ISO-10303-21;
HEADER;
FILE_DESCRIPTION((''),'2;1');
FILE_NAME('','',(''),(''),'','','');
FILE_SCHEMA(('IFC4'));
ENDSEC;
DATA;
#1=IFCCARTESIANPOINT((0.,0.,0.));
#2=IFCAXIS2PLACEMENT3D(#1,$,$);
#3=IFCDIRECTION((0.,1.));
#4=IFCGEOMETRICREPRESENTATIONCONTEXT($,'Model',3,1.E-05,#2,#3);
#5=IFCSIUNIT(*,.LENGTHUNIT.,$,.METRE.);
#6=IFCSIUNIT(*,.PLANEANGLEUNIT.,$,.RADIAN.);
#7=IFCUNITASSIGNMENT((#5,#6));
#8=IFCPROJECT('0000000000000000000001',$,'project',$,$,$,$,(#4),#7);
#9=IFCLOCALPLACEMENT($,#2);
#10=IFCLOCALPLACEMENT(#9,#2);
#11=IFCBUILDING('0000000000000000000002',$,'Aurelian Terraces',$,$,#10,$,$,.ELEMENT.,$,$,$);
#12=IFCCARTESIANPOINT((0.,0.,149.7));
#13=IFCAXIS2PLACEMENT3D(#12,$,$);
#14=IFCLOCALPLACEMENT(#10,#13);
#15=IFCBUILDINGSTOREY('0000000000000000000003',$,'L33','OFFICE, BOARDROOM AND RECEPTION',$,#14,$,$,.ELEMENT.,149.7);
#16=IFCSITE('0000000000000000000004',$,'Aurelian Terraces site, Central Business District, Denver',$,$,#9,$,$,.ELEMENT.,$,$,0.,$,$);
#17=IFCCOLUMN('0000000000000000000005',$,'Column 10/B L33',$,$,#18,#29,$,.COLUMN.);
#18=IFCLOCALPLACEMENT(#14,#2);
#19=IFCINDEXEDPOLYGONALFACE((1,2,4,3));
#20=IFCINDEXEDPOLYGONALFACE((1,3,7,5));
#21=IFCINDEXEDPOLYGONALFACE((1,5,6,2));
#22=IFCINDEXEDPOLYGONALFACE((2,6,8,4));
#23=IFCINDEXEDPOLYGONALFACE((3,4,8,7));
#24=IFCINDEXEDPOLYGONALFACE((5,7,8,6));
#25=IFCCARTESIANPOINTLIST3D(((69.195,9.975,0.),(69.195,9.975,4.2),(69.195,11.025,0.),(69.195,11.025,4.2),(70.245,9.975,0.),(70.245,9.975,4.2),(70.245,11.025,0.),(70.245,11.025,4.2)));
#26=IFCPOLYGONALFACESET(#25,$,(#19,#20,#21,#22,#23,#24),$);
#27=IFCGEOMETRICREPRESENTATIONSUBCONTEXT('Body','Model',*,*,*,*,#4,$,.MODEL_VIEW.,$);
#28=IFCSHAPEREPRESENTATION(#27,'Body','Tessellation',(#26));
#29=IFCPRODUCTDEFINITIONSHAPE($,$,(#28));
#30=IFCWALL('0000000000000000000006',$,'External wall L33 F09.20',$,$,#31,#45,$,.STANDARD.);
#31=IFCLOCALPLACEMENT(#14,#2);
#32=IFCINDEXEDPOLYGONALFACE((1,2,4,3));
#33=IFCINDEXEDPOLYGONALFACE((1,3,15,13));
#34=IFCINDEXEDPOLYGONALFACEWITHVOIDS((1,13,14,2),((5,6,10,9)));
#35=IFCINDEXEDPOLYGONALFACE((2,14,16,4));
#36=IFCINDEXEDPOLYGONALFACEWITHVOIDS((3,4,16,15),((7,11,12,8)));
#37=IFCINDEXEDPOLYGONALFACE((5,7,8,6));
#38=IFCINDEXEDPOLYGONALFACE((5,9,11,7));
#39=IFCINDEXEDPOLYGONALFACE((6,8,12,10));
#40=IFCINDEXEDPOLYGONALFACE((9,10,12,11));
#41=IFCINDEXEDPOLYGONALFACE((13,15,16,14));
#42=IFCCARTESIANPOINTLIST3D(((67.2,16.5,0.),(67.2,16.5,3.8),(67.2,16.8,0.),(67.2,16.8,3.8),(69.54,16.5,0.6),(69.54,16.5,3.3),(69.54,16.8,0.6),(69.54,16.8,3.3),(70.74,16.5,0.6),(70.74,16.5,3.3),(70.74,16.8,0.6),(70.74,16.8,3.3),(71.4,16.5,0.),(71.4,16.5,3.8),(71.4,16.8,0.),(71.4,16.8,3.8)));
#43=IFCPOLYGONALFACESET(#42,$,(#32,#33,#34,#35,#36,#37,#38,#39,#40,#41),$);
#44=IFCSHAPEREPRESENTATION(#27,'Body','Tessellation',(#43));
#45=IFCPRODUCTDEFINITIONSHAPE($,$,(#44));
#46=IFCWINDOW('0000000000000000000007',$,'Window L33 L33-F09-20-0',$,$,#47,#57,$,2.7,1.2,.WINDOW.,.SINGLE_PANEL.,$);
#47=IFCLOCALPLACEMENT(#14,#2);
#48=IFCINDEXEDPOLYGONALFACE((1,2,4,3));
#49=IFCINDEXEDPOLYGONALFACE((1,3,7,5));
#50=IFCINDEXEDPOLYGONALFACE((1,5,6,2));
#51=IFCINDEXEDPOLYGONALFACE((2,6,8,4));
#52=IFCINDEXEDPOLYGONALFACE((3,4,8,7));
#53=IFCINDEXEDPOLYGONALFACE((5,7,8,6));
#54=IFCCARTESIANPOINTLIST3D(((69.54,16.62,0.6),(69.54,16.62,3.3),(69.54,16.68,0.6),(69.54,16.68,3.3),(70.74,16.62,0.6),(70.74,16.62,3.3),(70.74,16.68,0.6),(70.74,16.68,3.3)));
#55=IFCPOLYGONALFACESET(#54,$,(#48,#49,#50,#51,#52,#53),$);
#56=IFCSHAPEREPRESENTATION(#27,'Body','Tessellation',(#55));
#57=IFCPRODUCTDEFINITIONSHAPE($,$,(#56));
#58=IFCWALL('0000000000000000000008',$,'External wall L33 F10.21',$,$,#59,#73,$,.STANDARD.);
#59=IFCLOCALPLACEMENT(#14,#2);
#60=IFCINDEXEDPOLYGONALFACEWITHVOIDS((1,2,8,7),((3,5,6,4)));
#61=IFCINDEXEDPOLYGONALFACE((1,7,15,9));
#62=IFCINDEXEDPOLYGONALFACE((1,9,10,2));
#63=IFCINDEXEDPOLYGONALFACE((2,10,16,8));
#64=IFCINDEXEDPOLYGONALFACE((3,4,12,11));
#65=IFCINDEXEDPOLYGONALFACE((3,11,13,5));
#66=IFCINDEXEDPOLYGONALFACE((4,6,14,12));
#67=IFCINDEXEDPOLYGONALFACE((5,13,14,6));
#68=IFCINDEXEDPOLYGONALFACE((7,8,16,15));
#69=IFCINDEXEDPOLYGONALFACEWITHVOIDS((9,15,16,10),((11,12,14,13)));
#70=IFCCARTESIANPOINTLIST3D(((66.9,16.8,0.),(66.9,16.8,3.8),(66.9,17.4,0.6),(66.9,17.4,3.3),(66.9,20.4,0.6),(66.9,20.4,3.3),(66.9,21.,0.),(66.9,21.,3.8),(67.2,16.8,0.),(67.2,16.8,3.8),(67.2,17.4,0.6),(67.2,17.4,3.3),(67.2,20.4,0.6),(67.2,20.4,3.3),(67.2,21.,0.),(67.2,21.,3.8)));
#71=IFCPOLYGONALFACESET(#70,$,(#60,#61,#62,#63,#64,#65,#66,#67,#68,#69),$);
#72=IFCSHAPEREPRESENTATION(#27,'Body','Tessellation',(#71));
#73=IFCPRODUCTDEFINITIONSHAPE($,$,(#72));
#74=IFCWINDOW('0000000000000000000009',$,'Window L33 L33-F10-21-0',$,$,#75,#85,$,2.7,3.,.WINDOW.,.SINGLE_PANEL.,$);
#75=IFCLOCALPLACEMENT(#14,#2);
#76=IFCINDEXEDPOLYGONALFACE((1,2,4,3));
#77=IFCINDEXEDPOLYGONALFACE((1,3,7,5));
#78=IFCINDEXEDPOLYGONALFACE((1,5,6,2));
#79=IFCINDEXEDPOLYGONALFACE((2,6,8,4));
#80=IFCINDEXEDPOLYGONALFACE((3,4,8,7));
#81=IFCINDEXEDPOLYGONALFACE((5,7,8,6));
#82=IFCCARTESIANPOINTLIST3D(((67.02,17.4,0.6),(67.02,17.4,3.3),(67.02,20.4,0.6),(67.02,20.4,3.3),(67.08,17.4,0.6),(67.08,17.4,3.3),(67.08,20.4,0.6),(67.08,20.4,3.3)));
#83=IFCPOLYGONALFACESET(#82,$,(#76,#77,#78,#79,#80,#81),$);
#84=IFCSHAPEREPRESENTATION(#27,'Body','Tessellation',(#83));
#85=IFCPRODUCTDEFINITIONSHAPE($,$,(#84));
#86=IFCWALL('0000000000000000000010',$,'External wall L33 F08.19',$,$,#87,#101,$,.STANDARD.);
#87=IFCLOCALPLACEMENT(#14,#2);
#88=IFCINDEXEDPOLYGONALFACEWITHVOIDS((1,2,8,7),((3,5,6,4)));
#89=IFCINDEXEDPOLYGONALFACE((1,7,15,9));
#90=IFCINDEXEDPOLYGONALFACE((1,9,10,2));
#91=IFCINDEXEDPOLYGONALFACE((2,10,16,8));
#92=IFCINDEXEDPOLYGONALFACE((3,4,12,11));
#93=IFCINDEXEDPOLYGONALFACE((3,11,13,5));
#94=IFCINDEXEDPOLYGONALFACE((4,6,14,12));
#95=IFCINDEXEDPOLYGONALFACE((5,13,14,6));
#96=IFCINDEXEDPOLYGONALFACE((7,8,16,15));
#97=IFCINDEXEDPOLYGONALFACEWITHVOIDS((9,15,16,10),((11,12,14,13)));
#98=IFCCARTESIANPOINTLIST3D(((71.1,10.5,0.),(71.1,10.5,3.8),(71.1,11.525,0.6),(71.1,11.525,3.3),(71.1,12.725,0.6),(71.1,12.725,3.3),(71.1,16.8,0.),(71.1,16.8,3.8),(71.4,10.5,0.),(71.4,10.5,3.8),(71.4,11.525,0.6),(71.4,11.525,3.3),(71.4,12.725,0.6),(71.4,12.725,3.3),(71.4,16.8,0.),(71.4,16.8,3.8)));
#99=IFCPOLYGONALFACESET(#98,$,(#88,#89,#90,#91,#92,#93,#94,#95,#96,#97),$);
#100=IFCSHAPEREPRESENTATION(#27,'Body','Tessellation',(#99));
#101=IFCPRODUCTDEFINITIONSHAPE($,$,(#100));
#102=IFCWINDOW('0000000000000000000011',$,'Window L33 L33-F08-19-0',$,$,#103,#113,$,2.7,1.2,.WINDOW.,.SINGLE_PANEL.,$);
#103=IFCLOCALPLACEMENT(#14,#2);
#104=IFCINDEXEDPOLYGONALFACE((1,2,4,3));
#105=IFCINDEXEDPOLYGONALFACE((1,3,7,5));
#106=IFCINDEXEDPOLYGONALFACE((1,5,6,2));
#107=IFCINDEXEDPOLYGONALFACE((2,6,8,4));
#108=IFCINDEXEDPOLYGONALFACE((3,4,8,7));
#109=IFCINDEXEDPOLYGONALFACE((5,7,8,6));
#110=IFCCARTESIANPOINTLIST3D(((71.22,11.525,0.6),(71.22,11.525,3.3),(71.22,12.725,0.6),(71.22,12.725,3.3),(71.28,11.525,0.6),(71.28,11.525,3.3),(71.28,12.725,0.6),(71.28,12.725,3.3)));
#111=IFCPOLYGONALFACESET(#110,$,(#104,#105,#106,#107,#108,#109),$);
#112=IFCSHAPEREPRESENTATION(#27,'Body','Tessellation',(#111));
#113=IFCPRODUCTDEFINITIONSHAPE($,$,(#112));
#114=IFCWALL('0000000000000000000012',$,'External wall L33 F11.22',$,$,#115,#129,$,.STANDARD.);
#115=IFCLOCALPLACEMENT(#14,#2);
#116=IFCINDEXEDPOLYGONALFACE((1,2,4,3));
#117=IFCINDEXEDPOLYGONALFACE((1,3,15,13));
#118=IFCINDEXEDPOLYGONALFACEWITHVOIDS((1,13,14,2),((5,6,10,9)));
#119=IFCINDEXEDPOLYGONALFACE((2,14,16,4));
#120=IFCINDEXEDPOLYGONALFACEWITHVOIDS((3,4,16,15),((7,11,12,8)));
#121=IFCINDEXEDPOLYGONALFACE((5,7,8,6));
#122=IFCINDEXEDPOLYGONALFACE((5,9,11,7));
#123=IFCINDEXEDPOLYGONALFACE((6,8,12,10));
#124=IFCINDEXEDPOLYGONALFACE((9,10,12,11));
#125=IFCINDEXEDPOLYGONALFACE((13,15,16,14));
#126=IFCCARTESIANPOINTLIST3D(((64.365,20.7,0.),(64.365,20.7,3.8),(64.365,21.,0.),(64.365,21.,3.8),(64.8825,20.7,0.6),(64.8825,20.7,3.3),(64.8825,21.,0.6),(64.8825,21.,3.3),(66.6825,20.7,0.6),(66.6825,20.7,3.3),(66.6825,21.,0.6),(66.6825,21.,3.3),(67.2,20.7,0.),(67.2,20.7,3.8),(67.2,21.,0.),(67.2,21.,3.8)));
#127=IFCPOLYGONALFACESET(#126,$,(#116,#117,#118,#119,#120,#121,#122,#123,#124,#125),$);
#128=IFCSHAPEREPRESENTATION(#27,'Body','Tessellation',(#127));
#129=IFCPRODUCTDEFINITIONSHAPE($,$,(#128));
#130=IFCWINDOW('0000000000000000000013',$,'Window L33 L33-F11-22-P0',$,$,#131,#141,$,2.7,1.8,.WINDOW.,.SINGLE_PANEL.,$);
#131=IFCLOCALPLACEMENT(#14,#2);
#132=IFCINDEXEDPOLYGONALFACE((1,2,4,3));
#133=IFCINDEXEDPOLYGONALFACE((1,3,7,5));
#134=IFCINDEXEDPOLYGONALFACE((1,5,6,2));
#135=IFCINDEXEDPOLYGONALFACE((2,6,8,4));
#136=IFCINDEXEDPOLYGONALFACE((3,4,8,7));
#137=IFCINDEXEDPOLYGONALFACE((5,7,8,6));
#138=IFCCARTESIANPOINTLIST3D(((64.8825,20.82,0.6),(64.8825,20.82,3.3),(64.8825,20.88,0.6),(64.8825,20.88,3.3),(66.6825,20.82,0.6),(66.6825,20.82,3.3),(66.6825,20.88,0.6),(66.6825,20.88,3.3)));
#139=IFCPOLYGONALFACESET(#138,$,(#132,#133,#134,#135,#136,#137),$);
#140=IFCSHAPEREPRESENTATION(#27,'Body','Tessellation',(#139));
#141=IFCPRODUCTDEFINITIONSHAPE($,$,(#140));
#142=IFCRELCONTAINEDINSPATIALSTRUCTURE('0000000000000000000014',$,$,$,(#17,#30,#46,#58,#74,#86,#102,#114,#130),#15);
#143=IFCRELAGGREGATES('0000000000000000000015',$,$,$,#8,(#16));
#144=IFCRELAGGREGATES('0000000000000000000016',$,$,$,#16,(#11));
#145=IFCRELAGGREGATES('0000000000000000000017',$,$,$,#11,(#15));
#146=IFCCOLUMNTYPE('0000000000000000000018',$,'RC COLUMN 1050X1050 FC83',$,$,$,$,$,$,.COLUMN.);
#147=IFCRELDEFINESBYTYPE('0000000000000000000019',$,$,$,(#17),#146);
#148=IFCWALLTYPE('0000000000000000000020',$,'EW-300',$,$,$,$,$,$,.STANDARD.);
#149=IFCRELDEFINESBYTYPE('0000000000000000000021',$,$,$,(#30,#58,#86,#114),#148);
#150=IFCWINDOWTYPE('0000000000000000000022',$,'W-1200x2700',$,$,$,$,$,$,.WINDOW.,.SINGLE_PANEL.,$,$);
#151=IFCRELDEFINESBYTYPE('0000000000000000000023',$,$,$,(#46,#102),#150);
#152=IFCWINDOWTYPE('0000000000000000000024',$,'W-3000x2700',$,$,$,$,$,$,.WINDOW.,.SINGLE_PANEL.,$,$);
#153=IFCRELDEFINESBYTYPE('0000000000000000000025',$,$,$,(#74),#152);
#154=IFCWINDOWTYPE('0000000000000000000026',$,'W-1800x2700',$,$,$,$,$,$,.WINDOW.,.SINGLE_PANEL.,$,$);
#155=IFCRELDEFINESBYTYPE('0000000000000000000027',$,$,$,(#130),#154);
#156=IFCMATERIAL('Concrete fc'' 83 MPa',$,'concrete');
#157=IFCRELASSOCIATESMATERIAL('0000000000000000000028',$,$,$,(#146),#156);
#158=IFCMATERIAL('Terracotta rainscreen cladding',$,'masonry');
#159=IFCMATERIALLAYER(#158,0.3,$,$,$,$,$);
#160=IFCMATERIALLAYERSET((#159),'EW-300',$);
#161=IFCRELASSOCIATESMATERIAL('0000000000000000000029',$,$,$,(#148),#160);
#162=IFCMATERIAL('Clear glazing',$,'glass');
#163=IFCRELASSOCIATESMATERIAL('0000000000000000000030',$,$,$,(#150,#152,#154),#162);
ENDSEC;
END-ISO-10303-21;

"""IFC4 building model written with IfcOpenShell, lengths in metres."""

from ifc_helpers import new_model, si_unit, direction, frame, frame_2d, origin, origin_2d, place, context, subcontext, project, spatial, rectangle, extrude, source, transform, mapped, material, layer, layer_set, material_profile, profile_set, type_object, element, fill, save


model = new_model("IFC4")

# Units and contexts
model_context = context("Model", 3, precision=1e-05, world=origin(), true_north=direction((0.0, 1.0)))
body_context = subcontext(model_context, "Body", "Model", "MODEL_VIEW")
ifc_project = project(units=[si_unit("LENGTHUNIT", "METRE"), si_unit("PLANEANGLEUNIT", "RADIAN")], contexts=[model_context])

# Site, building, storey
site_placement = place(None, origin())
site = spatial("IfcSite", under=ifc_project, at=site_placement, Name="Aurelian Terraces site, Central Business District, Denver", CompositionType="ELEMENT", RefElevation=0.0)
building_placement = place(site_placement, origin())
building = spatial("IfcBuilding", under=site, at=building_placement, Name="Aurelian Terraces", CompositionType="ELEMENT")
storey_placement = place(building_placement, frame((0.0, 0.0, 149.7)))
storey = spatial("IfcBuildingStorey", under=building, at=storey_placement, Name="L33", Description="OFFICE, BOARDROOM AND RECEPTION", CompositionType="ELEMENT", Elevation=149.7)

# Column
ifc_material_1 = material(Name="Concrete fc' 83 MPa", Category="concrete")
ifc_material_profile = material_profile(ifc_material_1, rectangle(XDim=1.05, YDim=1.05, at=origin_2d()))
ifc_profile_set = profile_set([ifc_material_profile], Name="Concrete fc' 83 MPa")
column_type = type_object("IfcColumnType", Name="RC COLUMN 1050X1050 FC83", PredefinedType="COLUMN", material=ifc_profile_set)
shared_shape_1 = source(origin(), body_context, "Body", "SweptSolid", [
    extrude(rectangle(XDim=1.05, YDim=1.05, at=origin_2d()), origin(), (0.0, 0.0, 1.0), 4.2),
])
column_placement = place(storey_placement, frame((69.72, 10.5, 0.0), z_axis=(0.0, 0.0, 1.0), x_axis=(1.0, 0.0, 0.0)))
element("IfcColumn", 1, at=column_placement, inside=storey, type_object=column_type, Name="Column 10/B L33", PredefinedType="COLUMN", context=body_context, shape_type="MappedRepresentation", body=[
    mapped(shared_shape_1, transform((0.0, 0.0, 0.0), scale=1.0)),
])

# Walls, openings, windows
ifc_material_2 = material(Name="Terracotta rainscreen cladding", Category="masonry")
ifc_layer_1 = layer(ifc_material_2, 0.3)
ifc_layer_set_1 = layer_set([ifc_layer_1], Name="EW-300")
wall_type_1 = type_object("IfcWallType", Name="EW-300", PredefinedType="STANDARD", material=ifc_layer_set_1)
shared_shape_2 = source(origin(), body_context, "Body", "SweptSolid", [
    extrude(rectangle(XDim=4.2, YDim=0.3, at=frame_2d((2.1, 0.0))), origin(), (0.0, 0.0, 1.0), 3.8),
])
wall_1_placement = place(storey_placement, frame((71.4, 16.65, 0.0), z_axis=(0.0, 0.0, 1.0), x_axis=(-1.0, 0.0, 0.0)))
wall_1 = element("IfcWall", 2, at=wall_1_placement, inside=storey, type_object=wall_type_1, Name="External wall L33 F09.20", PredefinedType="STANDARD", context=body_context, shape_type="MappedRepresentation", body=[
    mapped(shared_shape_2, transform((0.0, 0.0, 0.0), scale=1.0)),
])
shared_shape_3 = source(origin(), body_context, "Body", "SweptSolid", [
    extrude(rectangle(XDim=1.2, YDim=2.7, at=frame_2d((0.6, 1.35))), frame((0.0, 0.16, 0.0), z_axis=(0.0, -1.0, 0.0), x_axis=(1.0, 0.0, 0.0)), (0.0, 0.0, 1.0), 0.32),
])
opening_1_placement = place(wall_1_placement, frame((0.66, 0.0, 0.6)))
opening_1 = element("IfcOpeningElement", 3, at=opening_1_placement, cuts=wall_1, PredefinedType="OPENING", context=body_context, shape_type="MappedRepresentation", body=[
    mapped(shared_shape_3, transform((0.0, 0.0, 0.0), scale=1.0)),
])
ifc_material_3 = material(Name="Clear glazing", Category="glass")
window_type_1 = type_object("IfcWindowType", Name="W-1200x2700", PartitioningType="SINGLE_PANEL", PredefinedType="WINDOW", material=ifc_material_3)
shared_shape_4 = source(origin(), body_context, "Body", "SweptSolid", [
    extrude(rectangle(XDim=1.2, YDim=2.7, at=frame_2d((0.6, 1.35))), frame((0.0, 0.03, 0.0), z_axis=(0.0, -1.0, 0.0), x_axis=(1.0, 0.0, 0.0)), (0.0, 0.0, 1.0), 0.06),
])
window_1_placement = place(opening_1_placement, origin())
window_1 = element("IfcWindow", 4, at=window_1_placement, inside=storey, type_object=window_type_1, Name="Window L33 L33-F09-20-0", OverallHeight=2.7, OverallWidth=1.2, PartitioningType="SINGLE_PANEL", PredefinedType="WINDOW", context=body_context, shape_type="MappedRepresentation", body=[
    mapped(shared_shape_4, transform((0.0, 0.0, 0.0), scale=1.0)),
])
fill(opening_1, window_1)
wall_2_placement = place(storey_placement, frame((67.05, 16.8, 0.0), z_axis=(0.0, 0.0, 1.0), x_axis=(0.0, 1.0, 0.0)))
wall_2 = element("IfcWall", 5, at=wall_2_placement, inside=storey, type_object=wall_type_1, Name="External wall L33 F10.21", PredefinedType="STANDARD", context=body_context, shape_type="MappedRepresentation", body=[
    mapped(shared_shape_2, transform((0.0, 0.0, 0.0), scale=1.0)),
])
shared_shape_5 = source(origin(), body_context, "Body", "SweptSolid", [
    extrude(rectangle(XDim=3.0, YDim=2.7, at=frame_2d((1.5, 1.35))), frame((0.0, 0.16, 0.0), z_axis=(0.0, -1.0, 0.0), x_axis=(1.0, 0.0, 0.0)), (0.0, 0.0, 1.0), 0.32),
])
opening_2_placement = place(wall_2_placement, frame((0.6, 0.0, 0.6)))
opening_2 = element("IfcOpeningElement", 6, at=opening_2_placement, cuts=wall_2, PredefinedType="OPENING", context=body_context, shape_type="MappedRepresentation", body=[
    mapped(shared_shape_5, transform((0.0, 0.0, 0.0), scale=1.0)),
])
window_type_2 = type_object("IfcWindowType", Name="W-3000x2700", PartitioningType="SINGLE_PANEL", PredefinedType="WINDOW", material=ifc_material_3)
shared_shape_6 = source(origin(), body_context, "Body", "SweptSolid", [
    extrude(rectangle(XDim=3.0, YDim=2.7, at=frame_2d((1.5, 1.35))), frame((0.0, 0.03, 0.0), z_axis=(0.0, -1.0, 0.0), x_axis=(1.0, 0.0, 0.0)), (0.0, 0.0, 1.0), 0.06),
])
window_2_placement = place(opening_2_placement, origin())
window_2 = element("IfcWindow", 7, at=window_2_placement, inside=storey, type_object=window_type_2, Name="Window L33 L33-F10-21-0", OverallHeight=2.7, OverallWidth=3.0, PartitioningType="SINGLE_PANEL", PredefinedType="WINDOW", context=body_context, shape_type="MappedRepresentation", body=[
    mapped(shared_shape_6, transform((0.0, 0.0, 0.0), scale=1.0)),
])
fill(opening_2, window_2)
shared_shape_7 = source(origin(), body_context, "Body", "SweptSolid", [
    extrude(rectangle(XDim=6.3, YDim=0.3, at=frame_2d((3.15, 0.0))), origin(), (0.0, 0.0, 1.0), 3.8),
])
wall_3_placement = place(storey_placement, frame((71.25, 10.5, 0.0), z_axis=(0.0, 0.0, 1.0), x_axis=(0.0, 1.0, 0.0)))
wall_3 = element("IfcWall", 8, at=wall_3_placement, inside=storey, type_object=wall_type_1, Name="External wall L33 F08.19", PredefinedType="STANDARD", context=body_context, shape_type="MappedRepresentation", body=[
    mapped(shared_shape_7, transform((0.0, 0.0, 0.0), scale=1.0)),
])
opening_3_placement = place(wall_3_placement, frame((1.025, 0.0, 0.6)))
opening_3 = element("IfcOpeningElement", 9, at=opening_3_placement, cuts=wall_3, PredefinedType="OPENING", context=body_context, shape_type="MappedRepresentation", body=[
    mapped(shared_shape_3, transform((0.0, 0.0, 0.0), scale=1.0)),
])
window_3_placement = place(opening_3_placement, origin())
window_3 = element("IfcWindow", 10, at=window_3_placement, inside=storey, type_object=window_type_1, Name="Window L33 L33-F08-19-0", OverallHeight=2.7, OverallWidth=1.2, PartitioningType="SINGLE_PANEL", PredefinedType="WINDOW", context=body_context, shape_type="MappedRepresentation", body=[
    mapped(shared_shape_4, transform((0.0, 0.0, 0.0), scale=1.0)),
])
fill(opening_3, window_3)
shared_shape_8 = source(origin(), body_context, "Body", "SweptSolid", [
    extrude(rectangle(XDim=2.835, YDim=0.3, at=frame_2d((1.4175, 0.0))), origin(), (0.0, 0.0, 1.0), 3.8),
])
wall_4_placement = place(storey_placement, frame((67.2, 20.85, 0.0), z_axis=(0.0, 0.0, 1.0), x_axis=(-1.0, 0.0, 0.0)))
wall_4 = element("IfcWall", 11, at=wall_4_placement, inside=storey, type_object=wall_type_1, Name="External wall L33 F11.22", PredefinedType="STANDARD", context=body_context, shape_type="MappedRepresentation", body=[
    mapped(shared_shape_8, transform((0.0, 0.0, 0.0), scale=1.0)),
])
shared_shape_9 = source(origin(), body_context, "Body", "SweptSolid", [
    extrude(rectangle(XDim=1.8, YDim=2.7, at=frame_2d((0.9, 1.35))), frame((0.0, 0.16, 0.0), z_axis=(0.0, -1.0, 0.0), x_axis=(1.0, 0.0, 0.0)), (0.0, 0.0, 1.0), 0.32),
])
opening_4_placement = place(wall_4_placement, frame((0.5175, 0.0, 0.6)))
opening_4 = element("IfcOpeningElement", 12, at=opening_4_placement, cuts=wall_4, PredefinedType="OPENING", context=body_context, shape_type="MappedRepresentation", body=[
    mapped(shared_shape_9, transform((0.0, 0.0, 0.0), scale=1.0)),
])
window_type_3 = type_object("IfcWindowType", Name="W-1800x2700", PartitioningType="SINGLE_PANEL", PredefinedType="WINDOW", material=ifc_material_3)
shared_shape_10 = source(origin(), body_context, "Body", "SweptSolid", [
    extrude(rectangle(XDim=1.8, YDim=2.7, at=frame_2d((0.9, 1.35))), frame((0.0, 0.03, 0.0), z_axis=(0.0, -1.0, 0.0), x_axis=(1.0, 0.0, 0.0)), (0.0, 0.0, 1.0), 0.06),
])
window_4_placement = place(opening_4_placement, origin())
window_4 = element("IfcWindow", 13, at=window_4_placement, inside=storey, type_object=window_type_3, Name="Window L33 L33-F11-22-P0", OverallHeight=2.7, OverallWidth=1.8, PartitioningType="SINGLE_PANEL", PredefinedType="WINDOW", context=body_context, shape_type="MappedRepresentation", body=[
    mapped(shared_shape_10, transform((0.0, 0.0, 0.0), scale=1.0)),
])
fill(opening_4, window_4)

save(model, "model.ifc")
